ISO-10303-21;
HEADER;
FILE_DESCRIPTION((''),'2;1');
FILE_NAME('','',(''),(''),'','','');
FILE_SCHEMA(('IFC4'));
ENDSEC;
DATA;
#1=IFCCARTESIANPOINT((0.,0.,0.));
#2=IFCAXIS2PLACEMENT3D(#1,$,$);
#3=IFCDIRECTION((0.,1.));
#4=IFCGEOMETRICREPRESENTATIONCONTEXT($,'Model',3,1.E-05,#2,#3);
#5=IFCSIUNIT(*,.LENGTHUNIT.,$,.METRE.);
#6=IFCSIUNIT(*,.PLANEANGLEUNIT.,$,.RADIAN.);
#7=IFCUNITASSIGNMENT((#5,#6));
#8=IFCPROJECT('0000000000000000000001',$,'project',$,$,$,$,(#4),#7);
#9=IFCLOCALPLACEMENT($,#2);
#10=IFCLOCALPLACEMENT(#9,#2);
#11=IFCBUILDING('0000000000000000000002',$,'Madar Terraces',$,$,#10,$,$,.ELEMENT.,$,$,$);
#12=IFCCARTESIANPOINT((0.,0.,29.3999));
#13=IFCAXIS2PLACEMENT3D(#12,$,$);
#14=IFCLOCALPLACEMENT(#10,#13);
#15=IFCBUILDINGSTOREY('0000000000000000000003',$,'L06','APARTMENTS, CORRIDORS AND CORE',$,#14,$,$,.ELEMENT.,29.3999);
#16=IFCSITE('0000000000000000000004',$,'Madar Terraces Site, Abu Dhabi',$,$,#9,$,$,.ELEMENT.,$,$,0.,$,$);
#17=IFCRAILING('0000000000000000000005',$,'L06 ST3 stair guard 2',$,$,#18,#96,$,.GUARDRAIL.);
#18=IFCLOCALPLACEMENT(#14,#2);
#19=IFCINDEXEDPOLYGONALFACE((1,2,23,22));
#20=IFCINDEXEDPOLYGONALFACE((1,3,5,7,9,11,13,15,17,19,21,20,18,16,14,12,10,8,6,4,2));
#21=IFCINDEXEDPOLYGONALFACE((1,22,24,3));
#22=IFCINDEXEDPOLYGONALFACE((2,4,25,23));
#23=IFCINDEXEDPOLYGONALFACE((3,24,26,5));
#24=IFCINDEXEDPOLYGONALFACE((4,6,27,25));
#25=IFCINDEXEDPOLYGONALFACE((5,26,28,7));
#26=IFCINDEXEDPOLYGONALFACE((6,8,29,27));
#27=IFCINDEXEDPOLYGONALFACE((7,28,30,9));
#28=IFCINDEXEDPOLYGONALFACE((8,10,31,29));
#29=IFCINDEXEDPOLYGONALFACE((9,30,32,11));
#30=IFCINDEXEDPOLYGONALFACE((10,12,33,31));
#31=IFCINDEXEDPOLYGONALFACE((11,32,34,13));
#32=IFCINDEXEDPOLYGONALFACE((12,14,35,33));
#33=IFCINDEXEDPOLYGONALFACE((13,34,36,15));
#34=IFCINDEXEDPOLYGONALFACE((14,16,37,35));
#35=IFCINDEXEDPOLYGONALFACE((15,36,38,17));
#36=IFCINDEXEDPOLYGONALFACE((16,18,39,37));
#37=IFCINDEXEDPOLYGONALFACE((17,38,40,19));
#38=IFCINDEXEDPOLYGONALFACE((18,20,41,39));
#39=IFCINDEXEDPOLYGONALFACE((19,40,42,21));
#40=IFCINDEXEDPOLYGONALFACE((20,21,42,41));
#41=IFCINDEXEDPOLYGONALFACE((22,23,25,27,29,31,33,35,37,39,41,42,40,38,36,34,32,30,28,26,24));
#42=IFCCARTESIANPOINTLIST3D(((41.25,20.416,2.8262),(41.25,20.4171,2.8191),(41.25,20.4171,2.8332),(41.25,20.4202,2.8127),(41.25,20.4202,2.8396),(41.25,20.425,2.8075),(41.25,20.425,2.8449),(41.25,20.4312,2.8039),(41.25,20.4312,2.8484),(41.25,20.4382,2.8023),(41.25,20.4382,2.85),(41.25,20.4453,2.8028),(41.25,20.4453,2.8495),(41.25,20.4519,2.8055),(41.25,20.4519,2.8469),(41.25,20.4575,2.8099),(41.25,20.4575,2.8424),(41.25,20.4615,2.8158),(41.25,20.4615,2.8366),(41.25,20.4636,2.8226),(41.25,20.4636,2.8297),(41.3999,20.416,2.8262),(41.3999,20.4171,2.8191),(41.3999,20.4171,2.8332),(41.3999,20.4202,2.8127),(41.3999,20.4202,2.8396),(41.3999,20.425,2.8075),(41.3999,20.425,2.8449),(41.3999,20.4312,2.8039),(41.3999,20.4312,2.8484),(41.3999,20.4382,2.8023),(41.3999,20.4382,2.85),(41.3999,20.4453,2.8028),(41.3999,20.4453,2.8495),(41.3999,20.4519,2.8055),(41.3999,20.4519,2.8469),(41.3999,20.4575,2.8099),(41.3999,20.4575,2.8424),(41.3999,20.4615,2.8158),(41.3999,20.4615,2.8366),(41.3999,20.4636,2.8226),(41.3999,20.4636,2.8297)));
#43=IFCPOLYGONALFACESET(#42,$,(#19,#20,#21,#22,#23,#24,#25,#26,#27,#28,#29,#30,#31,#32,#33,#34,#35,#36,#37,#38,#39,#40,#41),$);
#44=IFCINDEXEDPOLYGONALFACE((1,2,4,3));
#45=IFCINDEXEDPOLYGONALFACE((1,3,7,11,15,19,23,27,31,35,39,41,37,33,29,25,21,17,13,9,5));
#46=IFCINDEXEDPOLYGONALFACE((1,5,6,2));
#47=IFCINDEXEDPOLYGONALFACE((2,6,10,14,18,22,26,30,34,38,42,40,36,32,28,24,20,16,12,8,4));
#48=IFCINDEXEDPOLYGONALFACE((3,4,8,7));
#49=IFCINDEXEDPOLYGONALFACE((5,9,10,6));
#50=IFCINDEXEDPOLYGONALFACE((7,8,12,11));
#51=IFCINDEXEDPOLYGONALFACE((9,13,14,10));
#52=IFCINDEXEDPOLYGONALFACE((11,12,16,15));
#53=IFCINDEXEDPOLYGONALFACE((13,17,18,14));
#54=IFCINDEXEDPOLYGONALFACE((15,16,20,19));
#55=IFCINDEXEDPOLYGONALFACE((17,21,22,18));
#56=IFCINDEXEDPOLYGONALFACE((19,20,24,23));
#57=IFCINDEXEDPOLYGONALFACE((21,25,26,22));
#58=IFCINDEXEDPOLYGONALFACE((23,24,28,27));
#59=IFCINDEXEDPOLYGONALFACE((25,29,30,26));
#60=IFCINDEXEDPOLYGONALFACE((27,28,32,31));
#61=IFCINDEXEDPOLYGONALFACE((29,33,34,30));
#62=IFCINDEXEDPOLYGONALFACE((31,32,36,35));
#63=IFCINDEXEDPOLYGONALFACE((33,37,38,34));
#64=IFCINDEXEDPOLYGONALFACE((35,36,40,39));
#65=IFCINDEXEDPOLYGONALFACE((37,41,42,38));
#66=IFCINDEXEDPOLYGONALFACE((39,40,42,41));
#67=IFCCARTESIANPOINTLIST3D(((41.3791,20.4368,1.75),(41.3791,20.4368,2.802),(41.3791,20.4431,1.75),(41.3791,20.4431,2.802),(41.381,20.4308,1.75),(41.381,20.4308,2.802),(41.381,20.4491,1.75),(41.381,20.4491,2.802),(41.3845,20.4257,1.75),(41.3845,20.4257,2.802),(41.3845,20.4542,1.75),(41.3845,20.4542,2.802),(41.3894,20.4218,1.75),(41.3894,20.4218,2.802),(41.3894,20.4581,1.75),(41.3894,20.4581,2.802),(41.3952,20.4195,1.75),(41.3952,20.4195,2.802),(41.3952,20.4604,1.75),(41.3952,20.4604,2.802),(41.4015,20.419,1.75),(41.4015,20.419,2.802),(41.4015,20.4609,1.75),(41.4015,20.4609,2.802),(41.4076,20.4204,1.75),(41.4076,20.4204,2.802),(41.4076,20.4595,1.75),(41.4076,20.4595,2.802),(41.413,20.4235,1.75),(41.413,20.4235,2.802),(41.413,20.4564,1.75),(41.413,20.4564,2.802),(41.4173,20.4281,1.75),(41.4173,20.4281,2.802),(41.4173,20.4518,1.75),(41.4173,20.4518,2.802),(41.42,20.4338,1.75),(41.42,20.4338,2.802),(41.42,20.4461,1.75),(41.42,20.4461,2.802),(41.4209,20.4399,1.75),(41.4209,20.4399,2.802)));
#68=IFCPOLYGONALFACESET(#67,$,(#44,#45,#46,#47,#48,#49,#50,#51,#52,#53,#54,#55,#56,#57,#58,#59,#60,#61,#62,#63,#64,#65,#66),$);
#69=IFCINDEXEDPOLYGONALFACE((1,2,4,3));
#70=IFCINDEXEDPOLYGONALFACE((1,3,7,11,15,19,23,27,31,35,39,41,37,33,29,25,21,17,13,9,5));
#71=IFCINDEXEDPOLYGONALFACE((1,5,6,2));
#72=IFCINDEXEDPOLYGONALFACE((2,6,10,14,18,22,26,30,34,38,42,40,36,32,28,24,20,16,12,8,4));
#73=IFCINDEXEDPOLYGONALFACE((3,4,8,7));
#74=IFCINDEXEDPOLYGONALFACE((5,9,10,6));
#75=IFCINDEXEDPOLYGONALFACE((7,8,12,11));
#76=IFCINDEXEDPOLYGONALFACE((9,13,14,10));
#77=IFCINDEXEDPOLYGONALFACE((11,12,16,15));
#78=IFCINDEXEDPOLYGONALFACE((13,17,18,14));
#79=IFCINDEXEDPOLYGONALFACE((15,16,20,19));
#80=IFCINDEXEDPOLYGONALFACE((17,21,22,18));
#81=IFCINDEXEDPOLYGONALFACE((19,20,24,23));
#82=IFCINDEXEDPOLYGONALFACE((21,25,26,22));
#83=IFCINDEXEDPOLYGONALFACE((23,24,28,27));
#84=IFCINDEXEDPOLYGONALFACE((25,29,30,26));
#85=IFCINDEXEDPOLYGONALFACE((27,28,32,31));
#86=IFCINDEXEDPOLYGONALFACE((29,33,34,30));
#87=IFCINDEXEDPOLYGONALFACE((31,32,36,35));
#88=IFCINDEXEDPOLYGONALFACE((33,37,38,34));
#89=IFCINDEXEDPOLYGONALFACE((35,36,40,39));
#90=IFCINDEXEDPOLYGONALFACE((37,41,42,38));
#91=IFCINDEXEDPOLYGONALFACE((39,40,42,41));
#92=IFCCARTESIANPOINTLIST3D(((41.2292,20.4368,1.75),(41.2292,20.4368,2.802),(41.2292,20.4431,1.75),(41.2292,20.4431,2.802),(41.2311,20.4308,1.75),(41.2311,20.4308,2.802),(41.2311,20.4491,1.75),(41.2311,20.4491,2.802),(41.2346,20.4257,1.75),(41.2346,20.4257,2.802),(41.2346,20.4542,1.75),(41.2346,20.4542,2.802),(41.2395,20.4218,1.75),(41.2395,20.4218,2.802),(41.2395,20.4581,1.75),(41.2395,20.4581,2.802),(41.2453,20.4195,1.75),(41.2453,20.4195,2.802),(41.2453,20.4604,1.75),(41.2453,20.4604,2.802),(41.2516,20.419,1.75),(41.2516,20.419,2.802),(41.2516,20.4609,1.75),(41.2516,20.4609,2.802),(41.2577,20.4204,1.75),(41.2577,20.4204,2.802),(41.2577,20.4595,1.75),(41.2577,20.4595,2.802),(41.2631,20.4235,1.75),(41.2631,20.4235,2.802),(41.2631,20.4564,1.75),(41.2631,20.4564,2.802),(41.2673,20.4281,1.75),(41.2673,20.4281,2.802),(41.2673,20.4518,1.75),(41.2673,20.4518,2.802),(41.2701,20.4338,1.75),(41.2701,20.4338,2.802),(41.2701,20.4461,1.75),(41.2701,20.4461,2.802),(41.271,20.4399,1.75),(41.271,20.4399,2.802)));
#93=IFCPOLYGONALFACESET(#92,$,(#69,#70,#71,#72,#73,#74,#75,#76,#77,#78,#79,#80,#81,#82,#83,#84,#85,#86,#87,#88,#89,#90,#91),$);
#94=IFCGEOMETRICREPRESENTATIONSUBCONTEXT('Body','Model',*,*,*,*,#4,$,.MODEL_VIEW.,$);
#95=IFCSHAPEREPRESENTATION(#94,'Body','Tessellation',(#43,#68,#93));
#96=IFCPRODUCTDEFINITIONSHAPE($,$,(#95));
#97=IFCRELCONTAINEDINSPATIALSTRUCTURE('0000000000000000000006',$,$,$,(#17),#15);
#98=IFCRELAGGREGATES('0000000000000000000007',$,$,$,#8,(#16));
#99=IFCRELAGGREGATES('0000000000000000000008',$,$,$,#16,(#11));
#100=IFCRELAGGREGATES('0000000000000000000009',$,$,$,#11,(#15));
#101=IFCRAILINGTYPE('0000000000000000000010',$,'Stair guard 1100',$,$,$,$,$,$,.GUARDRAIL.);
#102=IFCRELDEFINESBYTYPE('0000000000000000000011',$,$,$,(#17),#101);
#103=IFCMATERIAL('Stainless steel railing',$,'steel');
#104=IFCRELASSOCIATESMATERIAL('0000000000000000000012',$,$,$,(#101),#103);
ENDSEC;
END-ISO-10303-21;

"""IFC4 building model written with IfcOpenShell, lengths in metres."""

from ifc_helpers import new_model, si_unit, direction, frame, origin, origin_2d, place, context, subcontext, project, spatial, circle, extrude, material, type_object, element, save


model = new_model("IFC4")

# Units and contexts
model_context = context("Model", 3, precision=1e-05, world=origin(), true_north=direction((0.0, 1.0)))
body_context = subcontext(model_context, "Body", "Model", "MODEL_VIEW")
ifc_project = project(units=[si_unit("LENGTHUNIT", "METRE"), si_unit("PLANEANGLEUNIT", "RADIAN")], contexts=[model_context])

# Site, building, storey
site_placement = place(None, origin())
site = spatial("IfcSite", under=ifc_project, at=site_placement, Name="Madar Terraces Site, Abu Dhabi", CompositionType="ELEMENT", RefElevation=0.0)
building_placement = place(site_placement, origin())
building = spatial("IfcBuilding", under=site, at=building_placement, Name="Madar Terraces", CompositionType="ELEMENT")
storey_placement = place(building_placement, frame((0.0, 0.0, 29.3999)))
storey = spatial("IfcBuildingStorey", under=building, at=storey_placement, Name="L06", Description="APARTMENTS, CORRIDORS AND CORE", CompositionType="ELEMENT", Elevation=29.3999)

# Railing
ifc_material_1 = material(Name="Stainless steel railing", Category="steel")
railing_type_1 = type_object("IfcRailingType", Name="Stair guard 1100", PredefinedType="GUARDRAIL", material=ifc_material_1)
railing_1_placement = place(storey_placement, frame((41.3999, 20.4399, 1.75)))
element("IfcRailing", 1, at=railing_1_placement, inside=storey, type_object=railing_type_1, Name="L06 ST3 stair guard 2", PredefinedType="GUARDRAIL", context=body_context, shape_type="SweptSolid", body=[
    extrude(circle(Radius=0.0239, at=origin_2d()), frame((0.0, 0.0, 1.0762), z_axis=(-1.0, 0.0, 0.0), x_axis=(0.0, -1.0, 0.0)), (0.0, 0.0, 1.0), 0.1499),
    extrude(circle(Radius=0.021, at=origin_2d()), origin(), (0.0, 0.0, 1.0), 1.052),
    extrude(circle(Radius=0.021, at=origin_2d()), frame((-0.1499, 0.0, 0.0)), (0.0, 0.0, 1.0), 1.052),
])

save(model, "model.ifc")
